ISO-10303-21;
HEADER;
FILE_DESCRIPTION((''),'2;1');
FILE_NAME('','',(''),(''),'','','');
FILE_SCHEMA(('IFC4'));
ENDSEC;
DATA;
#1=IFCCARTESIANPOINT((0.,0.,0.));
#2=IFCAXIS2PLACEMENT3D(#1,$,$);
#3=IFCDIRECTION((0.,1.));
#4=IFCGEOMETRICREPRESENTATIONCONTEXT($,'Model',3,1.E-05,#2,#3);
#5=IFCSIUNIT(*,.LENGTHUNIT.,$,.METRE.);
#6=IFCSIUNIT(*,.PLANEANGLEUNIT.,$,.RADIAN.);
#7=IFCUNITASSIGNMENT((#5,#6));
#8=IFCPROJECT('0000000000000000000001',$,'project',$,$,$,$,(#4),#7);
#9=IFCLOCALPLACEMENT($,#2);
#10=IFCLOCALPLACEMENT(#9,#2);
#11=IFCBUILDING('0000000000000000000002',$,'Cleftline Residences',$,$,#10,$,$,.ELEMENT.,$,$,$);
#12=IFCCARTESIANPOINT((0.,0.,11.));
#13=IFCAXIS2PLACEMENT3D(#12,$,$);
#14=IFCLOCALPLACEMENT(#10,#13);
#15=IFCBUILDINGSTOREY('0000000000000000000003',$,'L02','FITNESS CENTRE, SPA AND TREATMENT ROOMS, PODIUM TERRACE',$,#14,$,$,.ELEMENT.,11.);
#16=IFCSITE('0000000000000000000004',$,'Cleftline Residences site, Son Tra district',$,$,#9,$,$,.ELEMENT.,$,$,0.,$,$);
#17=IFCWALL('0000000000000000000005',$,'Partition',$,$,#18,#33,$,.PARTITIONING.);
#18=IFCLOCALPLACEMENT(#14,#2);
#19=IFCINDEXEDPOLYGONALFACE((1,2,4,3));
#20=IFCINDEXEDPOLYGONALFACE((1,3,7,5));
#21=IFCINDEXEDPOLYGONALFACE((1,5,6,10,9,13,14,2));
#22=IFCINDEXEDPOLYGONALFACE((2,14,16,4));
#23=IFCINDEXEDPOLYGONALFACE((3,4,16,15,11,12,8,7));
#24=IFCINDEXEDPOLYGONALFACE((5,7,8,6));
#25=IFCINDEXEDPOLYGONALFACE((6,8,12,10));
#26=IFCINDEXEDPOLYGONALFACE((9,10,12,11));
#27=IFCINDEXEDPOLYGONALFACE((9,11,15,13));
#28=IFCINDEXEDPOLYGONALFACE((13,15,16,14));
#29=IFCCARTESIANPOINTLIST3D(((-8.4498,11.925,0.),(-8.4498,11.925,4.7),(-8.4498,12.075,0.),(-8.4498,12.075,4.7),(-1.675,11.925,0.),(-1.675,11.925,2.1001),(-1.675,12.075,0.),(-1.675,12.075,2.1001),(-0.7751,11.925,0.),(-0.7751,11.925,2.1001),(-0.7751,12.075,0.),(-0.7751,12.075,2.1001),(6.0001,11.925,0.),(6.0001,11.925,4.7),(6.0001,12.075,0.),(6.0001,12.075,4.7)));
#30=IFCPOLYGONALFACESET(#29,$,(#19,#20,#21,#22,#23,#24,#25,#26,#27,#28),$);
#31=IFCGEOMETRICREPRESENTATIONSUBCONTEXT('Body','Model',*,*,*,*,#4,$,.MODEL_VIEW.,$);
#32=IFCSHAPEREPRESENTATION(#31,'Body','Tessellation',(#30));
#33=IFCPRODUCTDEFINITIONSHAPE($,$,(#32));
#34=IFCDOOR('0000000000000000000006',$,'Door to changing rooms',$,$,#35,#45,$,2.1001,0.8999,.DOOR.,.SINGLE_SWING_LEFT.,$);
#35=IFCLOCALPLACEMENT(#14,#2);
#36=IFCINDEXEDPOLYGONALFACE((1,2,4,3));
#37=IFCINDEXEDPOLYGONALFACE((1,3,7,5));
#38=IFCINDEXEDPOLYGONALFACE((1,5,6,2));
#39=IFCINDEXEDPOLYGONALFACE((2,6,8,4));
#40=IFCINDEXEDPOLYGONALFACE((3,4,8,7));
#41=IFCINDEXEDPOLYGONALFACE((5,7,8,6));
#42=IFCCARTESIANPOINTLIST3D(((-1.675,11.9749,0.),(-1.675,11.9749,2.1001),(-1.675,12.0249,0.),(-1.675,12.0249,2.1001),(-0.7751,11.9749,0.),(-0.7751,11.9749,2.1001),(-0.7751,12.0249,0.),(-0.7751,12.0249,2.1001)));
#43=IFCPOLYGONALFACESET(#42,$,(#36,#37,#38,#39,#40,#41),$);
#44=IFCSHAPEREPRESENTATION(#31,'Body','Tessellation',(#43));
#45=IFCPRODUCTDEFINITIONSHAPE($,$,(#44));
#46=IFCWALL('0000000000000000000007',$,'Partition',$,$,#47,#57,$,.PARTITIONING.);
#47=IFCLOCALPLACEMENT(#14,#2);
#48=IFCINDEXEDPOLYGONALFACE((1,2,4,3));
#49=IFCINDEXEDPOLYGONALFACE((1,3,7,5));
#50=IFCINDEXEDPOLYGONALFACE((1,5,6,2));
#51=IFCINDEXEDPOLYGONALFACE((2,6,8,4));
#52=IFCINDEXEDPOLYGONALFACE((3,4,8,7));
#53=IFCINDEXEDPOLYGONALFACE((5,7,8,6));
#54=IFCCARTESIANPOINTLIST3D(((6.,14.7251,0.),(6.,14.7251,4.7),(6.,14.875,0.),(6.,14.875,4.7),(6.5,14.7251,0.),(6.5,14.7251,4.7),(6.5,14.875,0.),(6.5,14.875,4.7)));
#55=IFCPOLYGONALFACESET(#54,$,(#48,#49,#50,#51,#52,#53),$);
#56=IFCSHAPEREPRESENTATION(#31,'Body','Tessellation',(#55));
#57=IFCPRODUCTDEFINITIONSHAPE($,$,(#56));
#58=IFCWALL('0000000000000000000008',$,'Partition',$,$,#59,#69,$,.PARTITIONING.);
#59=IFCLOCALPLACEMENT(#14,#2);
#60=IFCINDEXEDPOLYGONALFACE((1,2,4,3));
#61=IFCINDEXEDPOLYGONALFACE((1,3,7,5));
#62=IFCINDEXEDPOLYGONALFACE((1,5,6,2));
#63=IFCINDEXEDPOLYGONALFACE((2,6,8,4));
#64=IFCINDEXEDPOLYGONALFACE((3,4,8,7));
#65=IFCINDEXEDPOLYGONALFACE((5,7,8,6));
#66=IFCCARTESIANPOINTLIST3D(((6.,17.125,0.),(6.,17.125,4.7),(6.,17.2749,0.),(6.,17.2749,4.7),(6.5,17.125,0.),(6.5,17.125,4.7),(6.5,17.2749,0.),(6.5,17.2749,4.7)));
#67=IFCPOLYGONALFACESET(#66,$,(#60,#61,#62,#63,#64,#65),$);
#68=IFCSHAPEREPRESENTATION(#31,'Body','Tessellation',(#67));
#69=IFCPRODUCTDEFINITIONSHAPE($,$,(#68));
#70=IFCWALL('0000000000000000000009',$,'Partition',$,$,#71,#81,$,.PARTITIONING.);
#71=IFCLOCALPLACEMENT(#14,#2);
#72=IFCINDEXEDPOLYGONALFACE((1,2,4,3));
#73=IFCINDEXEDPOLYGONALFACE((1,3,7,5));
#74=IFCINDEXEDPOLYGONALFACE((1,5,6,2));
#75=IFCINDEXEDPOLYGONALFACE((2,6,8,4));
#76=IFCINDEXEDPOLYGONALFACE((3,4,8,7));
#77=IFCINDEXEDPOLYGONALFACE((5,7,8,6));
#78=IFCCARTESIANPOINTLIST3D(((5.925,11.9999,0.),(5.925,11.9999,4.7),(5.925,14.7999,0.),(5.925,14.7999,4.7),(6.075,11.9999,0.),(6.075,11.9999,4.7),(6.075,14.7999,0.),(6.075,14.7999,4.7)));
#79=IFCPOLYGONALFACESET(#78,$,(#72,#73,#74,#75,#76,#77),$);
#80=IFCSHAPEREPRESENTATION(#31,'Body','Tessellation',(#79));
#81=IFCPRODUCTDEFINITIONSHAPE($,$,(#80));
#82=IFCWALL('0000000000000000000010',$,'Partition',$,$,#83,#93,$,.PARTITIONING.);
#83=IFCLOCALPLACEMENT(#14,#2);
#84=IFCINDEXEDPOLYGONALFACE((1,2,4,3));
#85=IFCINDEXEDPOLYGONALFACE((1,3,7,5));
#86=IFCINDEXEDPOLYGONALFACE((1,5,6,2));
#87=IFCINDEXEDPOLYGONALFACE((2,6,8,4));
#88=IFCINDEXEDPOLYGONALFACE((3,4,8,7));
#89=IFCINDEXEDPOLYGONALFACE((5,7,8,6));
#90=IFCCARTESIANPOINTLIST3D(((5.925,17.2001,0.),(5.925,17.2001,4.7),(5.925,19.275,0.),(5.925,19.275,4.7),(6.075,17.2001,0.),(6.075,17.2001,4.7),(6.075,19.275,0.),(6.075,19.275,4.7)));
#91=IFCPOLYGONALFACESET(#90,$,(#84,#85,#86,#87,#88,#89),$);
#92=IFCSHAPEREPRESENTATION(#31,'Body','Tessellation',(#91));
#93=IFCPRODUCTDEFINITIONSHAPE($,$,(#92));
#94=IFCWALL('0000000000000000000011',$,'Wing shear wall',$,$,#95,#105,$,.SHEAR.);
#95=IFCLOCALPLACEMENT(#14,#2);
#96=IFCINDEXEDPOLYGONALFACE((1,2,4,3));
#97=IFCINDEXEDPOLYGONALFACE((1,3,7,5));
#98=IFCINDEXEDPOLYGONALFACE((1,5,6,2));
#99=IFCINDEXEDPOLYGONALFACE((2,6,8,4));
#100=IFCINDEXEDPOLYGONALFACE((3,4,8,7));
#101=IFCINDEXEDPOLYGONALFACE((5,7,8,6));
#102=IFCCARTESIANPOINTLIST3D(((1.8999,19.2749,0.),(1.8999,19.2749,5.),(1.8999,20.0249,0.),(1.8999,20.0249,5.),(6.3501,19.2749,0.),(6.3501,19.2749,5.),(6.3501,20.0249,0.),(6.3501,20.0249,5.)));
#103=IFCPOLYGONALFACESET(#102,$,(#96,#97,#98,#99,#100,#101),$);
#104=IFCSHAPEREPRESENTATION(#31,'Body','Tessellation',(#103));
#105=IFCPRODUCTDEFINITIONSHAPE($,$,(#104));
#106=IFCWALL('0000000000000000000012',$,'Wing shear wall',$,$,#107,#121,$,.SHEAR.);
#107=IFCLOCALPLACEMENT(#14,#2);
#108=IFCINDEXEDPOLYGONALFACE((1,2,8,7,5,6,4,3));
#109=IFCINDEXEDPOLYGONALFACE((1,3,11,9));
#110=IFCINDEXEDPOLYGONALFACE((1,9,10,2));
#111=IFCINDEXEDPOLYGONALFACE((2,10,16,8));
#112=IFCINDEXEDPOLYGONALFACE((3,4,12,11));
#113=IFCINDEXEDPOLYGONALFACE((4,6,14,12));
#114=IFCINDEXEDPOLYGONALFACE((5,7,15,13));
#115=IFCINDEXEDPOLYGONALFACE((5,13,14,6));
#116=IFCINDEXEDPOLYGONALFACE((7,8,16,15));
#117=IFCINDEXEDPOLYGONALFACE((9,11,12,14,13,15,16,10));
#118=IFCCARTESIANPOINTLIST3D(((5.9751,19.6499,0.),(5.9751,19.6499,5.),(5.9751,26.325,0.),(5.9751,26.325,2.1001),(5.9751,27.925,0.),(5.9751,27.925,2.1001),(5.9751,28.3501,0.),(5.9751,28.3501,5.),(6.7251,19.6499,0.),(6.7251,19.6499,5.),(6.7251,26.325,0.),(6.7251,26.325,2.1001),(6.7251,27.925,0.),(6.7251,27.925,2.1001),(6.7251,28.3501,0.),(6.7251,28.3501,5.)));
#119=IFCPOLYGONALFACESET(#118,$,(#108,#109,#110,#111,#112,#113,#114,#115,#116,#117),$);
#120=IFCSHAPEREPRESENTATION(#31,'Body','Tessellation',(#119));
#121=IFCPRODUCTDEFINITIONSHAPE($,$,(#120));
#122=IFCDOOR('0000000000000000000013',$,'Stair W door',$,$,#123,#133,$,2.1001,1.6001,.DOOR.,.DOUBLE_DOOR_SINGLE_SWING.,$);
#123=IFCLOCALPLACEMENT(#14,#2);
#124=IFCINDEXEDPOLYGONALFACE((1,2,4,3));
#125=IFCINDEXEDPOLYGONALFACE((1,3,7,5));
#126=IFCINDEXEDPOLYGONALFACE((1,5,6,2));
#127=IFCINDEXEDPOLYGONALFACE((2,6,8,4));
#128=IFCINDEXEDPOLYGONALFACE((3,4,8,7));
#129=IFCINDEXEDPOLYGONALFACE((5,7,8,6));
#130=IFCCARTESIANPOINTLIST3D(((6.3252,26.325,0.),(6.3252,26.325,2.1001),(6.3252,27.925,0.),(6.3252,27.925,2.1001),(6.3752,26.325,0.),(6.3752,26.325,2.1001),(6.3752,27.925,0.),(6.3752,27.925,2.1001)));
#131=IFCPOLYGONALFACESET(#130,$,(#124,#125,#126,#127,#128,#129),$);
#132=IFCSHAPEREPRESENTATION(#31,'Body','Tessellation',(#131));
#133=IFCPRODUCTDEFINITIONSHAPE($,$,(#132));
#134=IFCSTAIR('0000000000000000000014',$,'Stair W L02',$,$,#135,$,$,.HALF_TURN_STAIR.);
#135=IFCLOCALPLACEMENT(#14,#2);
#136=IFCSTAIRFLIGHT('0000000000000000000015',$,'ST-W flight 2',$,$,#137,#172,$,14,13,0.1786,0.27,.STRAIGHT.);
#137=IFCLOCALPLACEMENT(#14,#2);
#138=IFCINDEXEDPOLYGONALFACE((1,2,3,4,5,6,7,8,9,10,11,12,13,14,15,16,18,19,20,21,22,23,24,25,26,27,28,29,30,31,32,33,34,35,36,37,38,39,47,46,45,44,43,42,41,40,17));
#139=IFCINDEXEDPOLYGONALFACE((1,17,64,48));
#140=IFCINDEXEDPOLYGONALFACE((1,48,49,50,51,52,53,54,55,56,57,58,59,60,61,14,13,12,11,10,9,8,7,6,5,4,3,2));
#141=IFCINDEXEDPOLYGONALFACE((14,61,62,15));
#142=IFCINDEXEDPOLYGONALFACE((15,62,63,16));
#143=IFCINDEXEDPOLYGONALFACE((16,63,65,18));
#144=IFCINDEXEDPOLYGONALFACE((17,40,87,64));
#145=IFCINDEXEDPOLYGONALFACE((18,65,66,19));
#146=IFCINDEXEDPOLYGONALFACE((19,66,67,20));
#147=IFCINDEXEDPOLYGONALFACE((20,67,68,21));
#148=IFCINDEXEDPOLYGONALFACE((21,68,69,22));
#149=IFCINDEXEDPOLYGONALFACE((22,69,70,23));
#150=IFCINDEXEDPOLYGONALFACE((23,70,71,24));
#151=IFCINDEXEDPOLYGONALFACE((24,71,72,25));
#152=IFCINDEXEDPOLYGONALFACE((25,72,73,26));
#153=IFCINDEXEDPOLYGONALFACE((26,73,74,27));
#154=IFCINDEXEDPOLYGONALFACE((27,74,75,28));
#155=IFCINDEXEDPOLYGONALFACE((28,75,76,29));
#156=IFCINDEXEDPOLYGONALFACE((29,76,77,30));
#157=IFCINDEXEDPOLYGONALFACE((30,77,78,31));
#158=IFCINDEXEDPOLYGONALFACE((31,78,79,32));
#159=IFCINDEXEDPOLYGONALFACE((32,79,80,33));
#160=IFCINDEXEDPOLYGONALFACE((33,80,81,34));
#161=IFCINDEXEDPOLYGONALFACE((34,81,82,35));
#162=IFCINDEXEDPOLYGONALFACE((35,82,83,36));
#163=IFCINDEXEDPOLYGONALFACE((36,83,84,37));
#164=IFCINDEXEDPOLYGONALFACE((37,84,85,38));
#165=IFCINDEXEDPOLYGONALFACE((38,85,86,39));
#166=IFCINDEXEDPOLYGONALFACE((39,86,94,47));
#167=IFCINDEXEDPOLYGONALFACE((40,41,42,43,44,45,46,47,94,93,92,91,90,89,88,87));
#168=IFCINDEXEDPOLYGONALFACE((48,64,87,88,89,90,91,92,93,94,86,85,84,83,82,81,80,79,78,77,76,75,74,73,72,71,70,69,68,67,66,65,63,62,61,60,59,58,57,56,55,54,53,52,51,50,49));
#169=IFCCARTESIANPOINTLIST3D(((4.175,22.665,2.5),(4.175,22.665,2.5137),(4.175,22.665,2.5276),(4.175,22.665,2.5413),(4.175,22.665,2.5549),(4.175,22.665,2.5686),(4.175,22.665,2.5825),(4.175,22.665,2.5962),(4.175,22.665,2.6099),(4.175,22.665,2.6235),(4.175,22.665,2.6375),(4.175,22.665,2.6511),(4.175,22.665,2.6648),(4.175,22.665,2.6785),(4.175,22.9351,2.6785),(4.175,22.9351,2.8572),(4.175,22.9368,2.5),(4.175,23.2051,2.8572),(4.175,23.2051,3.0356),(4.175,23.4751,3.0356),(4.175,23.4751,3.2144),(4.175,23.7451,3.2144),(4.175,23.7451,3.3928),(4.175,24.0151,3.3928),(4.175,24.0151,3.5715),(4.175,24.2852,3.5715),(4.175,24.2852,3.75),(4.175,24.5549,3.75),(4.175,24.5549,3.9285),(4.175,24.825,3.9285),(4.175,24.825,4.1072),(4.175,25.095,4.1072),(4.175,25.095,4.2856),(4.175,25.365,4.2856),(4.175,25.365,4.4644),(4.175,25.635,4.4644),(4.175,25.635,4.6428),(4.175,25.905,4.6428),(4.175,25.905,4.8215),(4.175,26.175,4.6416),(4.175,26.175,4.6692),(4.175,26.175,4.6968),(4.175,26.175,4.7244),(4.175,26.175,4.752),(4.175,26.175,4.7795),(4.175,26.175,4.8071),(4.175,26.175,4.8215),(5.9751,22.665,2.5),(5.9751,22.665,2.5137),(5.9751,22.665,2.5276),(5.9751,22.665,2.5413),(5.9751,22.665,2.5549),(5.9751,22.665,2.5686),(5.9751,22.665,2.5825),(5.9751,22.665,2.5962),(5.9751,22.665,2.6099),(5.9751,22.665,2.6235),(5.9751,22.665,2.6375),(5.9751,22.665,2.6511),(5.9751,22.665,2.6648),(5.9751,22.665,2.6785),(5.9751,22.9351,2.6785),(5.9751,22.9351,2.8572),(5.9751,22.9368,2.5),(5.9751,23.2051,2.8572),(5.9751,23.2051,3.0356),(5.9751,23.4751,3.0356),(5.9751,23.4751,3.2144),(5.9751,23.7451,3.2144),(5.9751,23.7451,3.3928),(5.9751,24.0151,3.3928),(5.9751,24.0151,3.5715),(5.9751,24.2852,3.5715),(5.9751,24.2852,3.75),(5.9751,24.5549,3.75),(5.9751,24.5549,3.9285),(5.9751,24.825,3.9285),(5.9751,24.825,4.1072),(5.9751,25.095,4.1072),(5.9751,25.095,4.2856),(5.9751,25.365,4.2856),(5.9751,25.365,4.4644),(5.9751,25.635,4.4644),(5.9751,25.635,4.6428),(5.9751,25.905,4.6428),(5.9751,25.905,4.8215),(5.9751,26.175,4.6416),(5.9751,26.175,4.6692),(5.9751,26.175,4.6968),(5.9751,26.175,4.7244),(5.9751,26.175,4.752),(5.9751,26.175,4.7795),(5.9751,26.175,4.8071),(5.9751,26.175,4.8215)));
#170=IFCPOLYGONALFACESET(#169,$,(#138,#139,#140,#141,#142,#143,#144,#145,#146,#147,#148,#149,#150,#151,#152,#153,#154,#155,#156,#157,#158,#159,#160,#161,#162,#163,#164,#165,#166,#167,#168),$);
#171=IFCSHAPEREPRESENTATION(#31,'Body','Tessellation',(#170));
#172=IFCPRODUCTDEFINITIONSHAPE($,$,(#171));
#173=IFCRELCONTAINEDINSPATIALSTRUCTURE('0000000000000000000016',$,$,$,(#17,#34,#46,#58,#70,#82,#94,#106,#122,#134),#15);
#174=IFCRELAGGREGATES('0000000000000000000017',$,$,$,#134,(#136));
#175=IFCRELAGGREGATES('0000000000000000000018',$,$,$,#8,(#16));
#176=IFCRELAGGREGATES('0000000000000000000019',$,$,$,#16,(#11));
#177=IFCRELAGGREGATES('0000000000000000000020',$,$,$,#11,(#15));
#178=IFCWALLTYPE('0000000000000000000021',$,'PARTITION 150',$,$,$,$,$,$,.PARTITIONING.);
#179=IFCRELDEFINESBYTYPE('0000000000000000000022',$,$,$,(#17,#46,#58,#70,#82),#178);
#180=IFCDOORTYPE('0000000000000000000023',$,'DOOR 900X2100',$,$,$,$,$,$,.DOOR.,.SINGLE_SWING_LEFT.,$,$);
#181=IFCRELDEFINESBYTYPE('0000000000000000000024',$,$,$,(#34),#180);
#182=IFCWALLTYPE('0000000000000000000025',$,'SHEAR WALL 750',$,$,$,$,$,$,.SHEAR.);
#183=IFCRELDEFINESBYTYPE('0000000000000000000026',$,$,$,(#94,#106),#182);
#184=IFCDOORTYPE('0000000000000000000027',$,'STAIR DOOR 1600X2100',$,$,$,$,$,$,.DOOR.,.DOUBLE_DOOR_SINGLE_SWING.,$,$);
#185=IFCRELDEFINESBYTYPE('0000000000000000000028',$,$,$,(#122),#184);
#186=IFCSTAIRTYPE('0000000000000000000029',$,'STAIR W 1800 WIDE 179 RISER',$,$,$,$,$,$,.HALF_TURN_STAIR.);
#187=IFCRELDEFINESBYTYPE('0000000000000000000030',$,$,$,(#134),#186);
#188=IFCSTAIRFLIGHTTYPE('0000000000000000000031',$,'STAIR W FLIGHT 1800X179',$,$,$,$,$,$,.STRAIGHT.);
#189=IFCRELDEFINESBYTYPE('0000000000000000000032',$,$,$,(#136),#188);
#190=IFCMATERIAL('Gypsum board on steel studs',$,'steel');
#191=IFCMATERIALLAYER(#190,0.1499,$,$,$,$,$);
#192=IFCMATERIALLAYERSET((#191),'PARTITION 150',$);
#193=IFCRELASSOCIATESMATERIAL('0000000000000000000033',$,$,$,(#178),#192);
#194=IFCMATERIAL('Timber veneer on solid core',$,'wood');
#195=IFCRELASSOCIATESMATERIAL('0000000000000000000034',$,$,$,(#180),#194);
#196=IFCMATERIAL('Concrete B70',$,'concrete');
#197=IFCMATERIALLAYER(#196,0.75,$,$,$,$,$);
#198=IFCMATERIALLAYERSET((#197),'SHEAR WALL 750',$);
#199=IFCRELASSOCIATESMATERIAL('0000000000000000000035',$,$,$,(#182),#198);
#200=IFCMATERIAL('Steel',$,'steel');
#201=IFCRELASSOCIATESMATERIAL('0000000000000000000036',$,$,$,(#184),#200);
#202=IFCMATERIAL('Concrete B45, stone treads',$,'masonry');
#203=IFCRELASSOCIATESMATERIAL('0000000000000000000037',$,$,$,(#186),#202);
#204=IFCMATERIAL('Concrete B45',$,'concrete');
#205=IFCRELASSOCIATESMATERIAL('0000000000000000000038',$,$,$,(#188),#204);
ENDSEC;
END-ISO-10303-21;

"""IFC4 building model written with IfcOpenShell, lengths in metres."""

from ifc_helpers import new_model, si_unit, direction, frame, frame_2d, origin, place, context, subcontext, project, spatial, polyline, rectangle, outline, extrude, material, layer, layer_set, type_object, element, fill, aggregate, save


model = new_model("IFC4")

# Units and contexts
model_context = context("Model", 3, precision=1e-05, world=origin(), true_north=direction((0.0, 1.0)))
body_context = subcontext(model_context, "Body", "Model", "MODEL_VIEW")
ifc_project = project(units=[si_unit("LENGTHUNIT", "METRE"), si_unit("PLANEANGLEUNIT", "RADIAN")], contexts=[model_context])

# Site, building, storey
site_placement = place(None, origin())
site = spatial("IfcSite", under=ifc_project, at=site_placement, Name="Cleftline Residences site, Son Tra district", CompositionType="ELEMENT", RefElevation=0.0)
building_placement = place(site_placement, origin())
building = spatial("IfcBuilding", under=site, at=building_placement, Name="Cleftline Residences", CompositionType="ELEMENT")
storey_placement = place(building_placement, frame((0.0, 0.0, 11.0)))
storey = spatial("IfcBuildingStorey", under=building, at=storey_placement, Name="L02", Description="FITNESS CENTRE, SPA AND TREATMENT ROOMS, PODIUM TERRACE", CompositionType="ELEMENT", Elevation=11.0)

# Shared definitions
ifc_material_1 = material(Name="Gypsum board on steel studs", Category="steel")
ifc_layer_1 = layer(ifc_material_1, 0.1499)
ifc_layer_set_1 = layer_set([ifc_layer_1], Name="PARTITION 150")
wall_type_1 = type_object("IfcWallType", Name="PARTITION 150", PredefinedType="PARTITIONING", material=ifc_layer_set_1)

# Wall, opening, door
wall_1_placement = place(storey_placement, frame((-8.45, 12.0, 0.0), z_axis=(0.0, 0.0, 1.0), x_axis=(1.0, 0.0, 0.0)))
wall_1 = element("IfcWall", 1, at=wall_1_placement, inside=storey, type_object=wall_type_1, Name="Partition", PredefinedType="PARTITIONING", context=body_context, shape_type="SweptSolid", body=[
    extrude(rectangle(XDim=14.45, YDim=0.1499, at=frame_2d((7.2251, 0.0))), origin(), (0.0, 0.0, 1.0), 4.7),
])
opening_1_placement = place(wall_1_placement, frame((6.7749, 0.0, 0.0)))
opening_1 = element("IfcOpeningElement", 2, at=opening_1_placement, cuts=wall_1, PredefinedType="OPENING", context=body_context, shape_type="SweptSolid", body=[
    extrude(rectangle(XDim=0.8999, YDim=2.1001, at=frame_2d((0.45, 1.05))), frame((0.0, 0.085, 0.0), z_axis=(0.0, -1.0, 0.0), x_axis=(1.0, 0.0, 0.0)), (0.0, 0.0, 1.0), 0.1699),
])
ifc_material_2 = material(Name="Timber veneer on solid core", Category="wood")
door_type_1 = type_object("IfcDoorType", Name="DOOR 900X2100", OperationType="SINGLE_SWING_LEFT", PredefinedType="DOOR", material=ifc_material_2)
door_1_placement = place(opening_1_placement, origin())
door_1 = element("IfcDoor", 3, at=door_1_placement, inside=storey, type_object=door_type_1, Name="Door to changing rooms", OperationType="SINGLE_SWING_LEFT", OverallHeight=2.1001, OverallWidth=0.8999, PredefinedType="DOOR", context=body_context, shape_type="SweptSolid", body=[
    extrude(rectangle(XDim=0.8999, YDim=2.1001, at=frame_2d((0.45, 1.05))), frame((0.0, 0.0249, 0.0), z_axis=(0.0, -1.0, 0.0), x_axis=(1.0, 0.0, 0.0)), (0.0, 0.0, 1.0), 0.05),
])
fill(opening_1, door_1)

# Walls
for number, where, z_axis, x_axis, name in (
    (4, (6.0, 14.8, 0.0), (0.0, 0.0, 1.0), (1.0, 0.0, 0.0), "Partition"),
    (5, (6.0, 17.2, 0.0), (0.0, 0.0, 1.0), (1.0, 0.0, 0.0), "Partition"),
):
    element("IfcWall", number, at=place(storey_placement, frame(where, z_axis=z_axis, x_axis=x_axis)), inside=storey, type_object=wall_type_1, Name=name, PredefinedType="PARTITIONING", context=body_context, shape_type="SweptSolid", body=[
        extrude(rectangle(XDim=0.5, YDim=0.1499, at=frame_2d((0.25, 0.0))), origin(), (0.0, 0.0, 1.0), 4.7),
    ])
wall_2_placement = place(storey_placement, frame((6.0, 12.0, 0.0), z_axis=(0.0, 0.0, 1.0), x_axis=(0.0, 1.0, 0.0)))
element("IfcWall", 6, at=wall_2_placement, inside=storey, type_object=wall_type_1, Name="Partition", PredefinedType="PARTITIONING", context=body_context, shape_type="SweptSolid", body=[
    extrude(rectangle(XDim=2.8, YDim=0.1499, at=frame_2d((1.3999, 0.0))), origin(), (0.0, 0.0, 1.0), 4.7),
])
wall_3_placement = place(storey_placement, frame((6.0, 17.2, 0.0), z_axis=(0.0, 0.0, 1.0), x_axis=(0.0, 1.0, 0.0)))
element("IfcWall", 7, at=wall_3_placement, inside=storey, type_object=wall_type_1, Name="Partition", PredefinedType="PARTITIONING", context=body_context, shape_type="SweptSolid", body=[
    extrude(rectangle(XDim=2.075, YDim=0.1499, at=frame_2d((1.0376, 0.0))), origin(), (0.0, 0.0, 1.0), 4.7),
])
ifc_material_3 = material(Name="Concrete B70", Category="concrete")
ifc_layer_2 = layer(ifc_material_3, 0.75)
ifc_layer_set_2 = layer_set([ifc_layer_2], Name="SHEAR WALL 750")
wall_type_2 = type_object("IfcWallType", Name="SHEAR WALL 750", PredefinedType="SHEAR", material=ifc_layer_set_2)
wall_4_placement = place(storey_placement, frame((1.8999, 19.6499, 0.0), z_axis=(0.0, 0.0, 1.0), x_axis=(1.0, 0.0, 0.0)))
element("IfcWall", 8, at=wall_4_placement, inside=storey, type_object=wall_type_2, Name="Wing shear wall", PredefinedType="SHEAR", context=body_context, shape_type="SweptSolid", body=[
    extrude(rectangle(XDim=4.4502, YDim=0.75, at=frame_2d((2.2251, 0.0))), origin(), (0.0, 0.0, 1.0), 5.0),
])

# Wall, opening, door
wall_5_placement = place(storey_placement, frame((6.3501, 19.6499, 0.0), z_axis=(0.0, 0.0, 1.0), x_axis=(0.0, 1.0, 0.0)))
wall_5 = element("IfcWall", 9, at=wall_5_placement, inside=storey, type_object=wall_type_2, Name="Wing shear wall", PredefinedType="SHEAR", context=body_context, shape_type="SweptSolid", body=[
    extrude(rectangle(XDim=8.7002, YDim=0.75, at=frame_2d((4.3501, 0.0))), origin(), (0.0, 0.0, 1.0), 5.0),
])
opening_2_placement = place(wall_5_placement, frame((6.675, 0.0, 0.0)))
opening_2 = element("IfcOpeningElement", 10, at=opening_2_placement, cuts=wall_5, PredefinedType="OPENING", context=body_context, shape_type="SweptSolid", body=[
    extrude(rectangle(XDim=1.6001, YDim=2.1001, at=frame_2d((0.8, 1.05))), frame((0.0, 0.385, 0.0), z_axis=(0.0, -1.0, 0.0), x_axis=(1.0, 0.0, 0.0)), (0.0, 0.0, 1.0), 0.77),
])
ifc_material_4 = material(Name="Steel", Category="steel")
door_type_2 = type_object("IfcDoorType", Name="STAIR DOOR 1600X2100", OperationType="DOUBLE_DOOR_SINGLE_SWING", PredefinedType="DOOR", material=ifc_material_4)
door_2_placement = place(opening_2_placement, origin())
door_2 = element("IfcDoor", 11, at=door_2_placement, inside=storey, type_object=door_type_2, Name="Stair W door", OperationType="DOUBLE_DOOR_SINGLE_SWING", OverallHeight=2.1001, OverallWidth=1.6001, PredefinedType="DOOR", context=body_context, shape_type="SweptSolid", body=[
    extrude(rectangle(XDim=1.6001, YDim=2.1001, at=frame_2d((0.8, 1.05))), frame((0.0, 0.0249, 0.0), z_axis=(0.0, -1.0, 0.0), x_axis=(1.0, 0.0, 0.0)), (0.0, 0.0, 1.0), 0.05),
])
fill(opening_2, door_2)

# Stair, stair flight
ifc_material_5 = material(Name="Concrete B45, stone treads", Category="masonry")
stair_type = type_object("IfcStairType", Name="STAIR W 1800 WIDE 179 RISER", PredefinedType="HALF_TURN_STAIR", material=ifc_material_5)
stair_placement = place(storey_placement, origin())
stair = element("IfcStair", 12, at=stair_placement, inside=storey, type_object=stair_type, Name="Stair W L02", PredefinedType="HALF_TURN_STAIR")
ifc_material_6 = material(Name="Concrete B45", Category="concrete")
stair_flight_type = type_object("IfcStairFlightType", Name="STAIR W FLIGHT 1800X179", PredefinedType="STRAIGHT", material=ifc_material_6)
stair_flight_placement = place(storey_placement, frame((5.075, 22.665, 2.5), z_axis=(0.0, 0.0, 1.0), x_axis=(0.0, 1.0, 0.0)))
stair_flight = element("IfcStairFlight", 13, at=stair_flight_placement, type_object=stair_flight_type, Name="ST-W flight 2", NumberOfRisers=14, NumberOfTreads=13, PredefinedType="STRAIGHT", RiserHeight=0.1786, TreadLength=0.27, context=body_context, shape_type="SweptSolid", body=[
    extrude(outline(polyline([(0.0, 0.0), (0.0, 0.0137), (0.0, 0.0276), (0.0, 0.0413), (0.0, 0.0549), (0.0, 0.0686), (0.0, 0.0825), (0.0, 0.0962), (0.0, 0.1099), (0.0, 0.1235), (0.0, 0.1375), (0.0, 0.1511), (0.0, 0.1648), (0.0, 0.1785), (0.27, 0.1785), (0.27, 0.3572), (0.54, 0.3572), (0.54, 0.5356), (0.8101, 0.5356), (0.8101, 0.7144), (1.0801, 0.7144), (1.0801, 0.8928), (1.3501, 0.8928), (1.3501, 1.0715), (1.6201, 1.0715), (1.6201, 1.25), (1.8899, 1.25), (1.8899, 1.4285), (2.1599, 1.4285), (2.1599, 1.6072), (2.4299, 1.6072), (2.4299, 1.7856), (2.7, 1.7856), (2.7, 1.9644), (2.97, 1.9644), (2.97, 2.1428), (3.24, 2.1428), (3.24, 2.3215), (3.51, 2.3215), (3.51, 2.5), (3.51, 2.4724), (3.51, 2.4448), (3.51, 2.4172), (3.51, 2.3896), (3.51, 2.3623), (3.51, 2.3347), (3.51, 2.3071), (3.51, 2.2795), (3.51, 2.252), (3.51, 2.2244), (3.51, 2.1968), (3.51, 2.1692), (3.51, 2.1416), (0.2717, 0.0), (0.0, 0.0)])), frame((0.0, 0.8999, 0.0), z_axis=(0.0, -1.0, 0.0), x_axis=(1.0, 0.0, 0.0)), (0.0, 0.0, 1.0), 1.8),
])
aggregate(stair, [stair_flight])

save(model, "model.ifc")
